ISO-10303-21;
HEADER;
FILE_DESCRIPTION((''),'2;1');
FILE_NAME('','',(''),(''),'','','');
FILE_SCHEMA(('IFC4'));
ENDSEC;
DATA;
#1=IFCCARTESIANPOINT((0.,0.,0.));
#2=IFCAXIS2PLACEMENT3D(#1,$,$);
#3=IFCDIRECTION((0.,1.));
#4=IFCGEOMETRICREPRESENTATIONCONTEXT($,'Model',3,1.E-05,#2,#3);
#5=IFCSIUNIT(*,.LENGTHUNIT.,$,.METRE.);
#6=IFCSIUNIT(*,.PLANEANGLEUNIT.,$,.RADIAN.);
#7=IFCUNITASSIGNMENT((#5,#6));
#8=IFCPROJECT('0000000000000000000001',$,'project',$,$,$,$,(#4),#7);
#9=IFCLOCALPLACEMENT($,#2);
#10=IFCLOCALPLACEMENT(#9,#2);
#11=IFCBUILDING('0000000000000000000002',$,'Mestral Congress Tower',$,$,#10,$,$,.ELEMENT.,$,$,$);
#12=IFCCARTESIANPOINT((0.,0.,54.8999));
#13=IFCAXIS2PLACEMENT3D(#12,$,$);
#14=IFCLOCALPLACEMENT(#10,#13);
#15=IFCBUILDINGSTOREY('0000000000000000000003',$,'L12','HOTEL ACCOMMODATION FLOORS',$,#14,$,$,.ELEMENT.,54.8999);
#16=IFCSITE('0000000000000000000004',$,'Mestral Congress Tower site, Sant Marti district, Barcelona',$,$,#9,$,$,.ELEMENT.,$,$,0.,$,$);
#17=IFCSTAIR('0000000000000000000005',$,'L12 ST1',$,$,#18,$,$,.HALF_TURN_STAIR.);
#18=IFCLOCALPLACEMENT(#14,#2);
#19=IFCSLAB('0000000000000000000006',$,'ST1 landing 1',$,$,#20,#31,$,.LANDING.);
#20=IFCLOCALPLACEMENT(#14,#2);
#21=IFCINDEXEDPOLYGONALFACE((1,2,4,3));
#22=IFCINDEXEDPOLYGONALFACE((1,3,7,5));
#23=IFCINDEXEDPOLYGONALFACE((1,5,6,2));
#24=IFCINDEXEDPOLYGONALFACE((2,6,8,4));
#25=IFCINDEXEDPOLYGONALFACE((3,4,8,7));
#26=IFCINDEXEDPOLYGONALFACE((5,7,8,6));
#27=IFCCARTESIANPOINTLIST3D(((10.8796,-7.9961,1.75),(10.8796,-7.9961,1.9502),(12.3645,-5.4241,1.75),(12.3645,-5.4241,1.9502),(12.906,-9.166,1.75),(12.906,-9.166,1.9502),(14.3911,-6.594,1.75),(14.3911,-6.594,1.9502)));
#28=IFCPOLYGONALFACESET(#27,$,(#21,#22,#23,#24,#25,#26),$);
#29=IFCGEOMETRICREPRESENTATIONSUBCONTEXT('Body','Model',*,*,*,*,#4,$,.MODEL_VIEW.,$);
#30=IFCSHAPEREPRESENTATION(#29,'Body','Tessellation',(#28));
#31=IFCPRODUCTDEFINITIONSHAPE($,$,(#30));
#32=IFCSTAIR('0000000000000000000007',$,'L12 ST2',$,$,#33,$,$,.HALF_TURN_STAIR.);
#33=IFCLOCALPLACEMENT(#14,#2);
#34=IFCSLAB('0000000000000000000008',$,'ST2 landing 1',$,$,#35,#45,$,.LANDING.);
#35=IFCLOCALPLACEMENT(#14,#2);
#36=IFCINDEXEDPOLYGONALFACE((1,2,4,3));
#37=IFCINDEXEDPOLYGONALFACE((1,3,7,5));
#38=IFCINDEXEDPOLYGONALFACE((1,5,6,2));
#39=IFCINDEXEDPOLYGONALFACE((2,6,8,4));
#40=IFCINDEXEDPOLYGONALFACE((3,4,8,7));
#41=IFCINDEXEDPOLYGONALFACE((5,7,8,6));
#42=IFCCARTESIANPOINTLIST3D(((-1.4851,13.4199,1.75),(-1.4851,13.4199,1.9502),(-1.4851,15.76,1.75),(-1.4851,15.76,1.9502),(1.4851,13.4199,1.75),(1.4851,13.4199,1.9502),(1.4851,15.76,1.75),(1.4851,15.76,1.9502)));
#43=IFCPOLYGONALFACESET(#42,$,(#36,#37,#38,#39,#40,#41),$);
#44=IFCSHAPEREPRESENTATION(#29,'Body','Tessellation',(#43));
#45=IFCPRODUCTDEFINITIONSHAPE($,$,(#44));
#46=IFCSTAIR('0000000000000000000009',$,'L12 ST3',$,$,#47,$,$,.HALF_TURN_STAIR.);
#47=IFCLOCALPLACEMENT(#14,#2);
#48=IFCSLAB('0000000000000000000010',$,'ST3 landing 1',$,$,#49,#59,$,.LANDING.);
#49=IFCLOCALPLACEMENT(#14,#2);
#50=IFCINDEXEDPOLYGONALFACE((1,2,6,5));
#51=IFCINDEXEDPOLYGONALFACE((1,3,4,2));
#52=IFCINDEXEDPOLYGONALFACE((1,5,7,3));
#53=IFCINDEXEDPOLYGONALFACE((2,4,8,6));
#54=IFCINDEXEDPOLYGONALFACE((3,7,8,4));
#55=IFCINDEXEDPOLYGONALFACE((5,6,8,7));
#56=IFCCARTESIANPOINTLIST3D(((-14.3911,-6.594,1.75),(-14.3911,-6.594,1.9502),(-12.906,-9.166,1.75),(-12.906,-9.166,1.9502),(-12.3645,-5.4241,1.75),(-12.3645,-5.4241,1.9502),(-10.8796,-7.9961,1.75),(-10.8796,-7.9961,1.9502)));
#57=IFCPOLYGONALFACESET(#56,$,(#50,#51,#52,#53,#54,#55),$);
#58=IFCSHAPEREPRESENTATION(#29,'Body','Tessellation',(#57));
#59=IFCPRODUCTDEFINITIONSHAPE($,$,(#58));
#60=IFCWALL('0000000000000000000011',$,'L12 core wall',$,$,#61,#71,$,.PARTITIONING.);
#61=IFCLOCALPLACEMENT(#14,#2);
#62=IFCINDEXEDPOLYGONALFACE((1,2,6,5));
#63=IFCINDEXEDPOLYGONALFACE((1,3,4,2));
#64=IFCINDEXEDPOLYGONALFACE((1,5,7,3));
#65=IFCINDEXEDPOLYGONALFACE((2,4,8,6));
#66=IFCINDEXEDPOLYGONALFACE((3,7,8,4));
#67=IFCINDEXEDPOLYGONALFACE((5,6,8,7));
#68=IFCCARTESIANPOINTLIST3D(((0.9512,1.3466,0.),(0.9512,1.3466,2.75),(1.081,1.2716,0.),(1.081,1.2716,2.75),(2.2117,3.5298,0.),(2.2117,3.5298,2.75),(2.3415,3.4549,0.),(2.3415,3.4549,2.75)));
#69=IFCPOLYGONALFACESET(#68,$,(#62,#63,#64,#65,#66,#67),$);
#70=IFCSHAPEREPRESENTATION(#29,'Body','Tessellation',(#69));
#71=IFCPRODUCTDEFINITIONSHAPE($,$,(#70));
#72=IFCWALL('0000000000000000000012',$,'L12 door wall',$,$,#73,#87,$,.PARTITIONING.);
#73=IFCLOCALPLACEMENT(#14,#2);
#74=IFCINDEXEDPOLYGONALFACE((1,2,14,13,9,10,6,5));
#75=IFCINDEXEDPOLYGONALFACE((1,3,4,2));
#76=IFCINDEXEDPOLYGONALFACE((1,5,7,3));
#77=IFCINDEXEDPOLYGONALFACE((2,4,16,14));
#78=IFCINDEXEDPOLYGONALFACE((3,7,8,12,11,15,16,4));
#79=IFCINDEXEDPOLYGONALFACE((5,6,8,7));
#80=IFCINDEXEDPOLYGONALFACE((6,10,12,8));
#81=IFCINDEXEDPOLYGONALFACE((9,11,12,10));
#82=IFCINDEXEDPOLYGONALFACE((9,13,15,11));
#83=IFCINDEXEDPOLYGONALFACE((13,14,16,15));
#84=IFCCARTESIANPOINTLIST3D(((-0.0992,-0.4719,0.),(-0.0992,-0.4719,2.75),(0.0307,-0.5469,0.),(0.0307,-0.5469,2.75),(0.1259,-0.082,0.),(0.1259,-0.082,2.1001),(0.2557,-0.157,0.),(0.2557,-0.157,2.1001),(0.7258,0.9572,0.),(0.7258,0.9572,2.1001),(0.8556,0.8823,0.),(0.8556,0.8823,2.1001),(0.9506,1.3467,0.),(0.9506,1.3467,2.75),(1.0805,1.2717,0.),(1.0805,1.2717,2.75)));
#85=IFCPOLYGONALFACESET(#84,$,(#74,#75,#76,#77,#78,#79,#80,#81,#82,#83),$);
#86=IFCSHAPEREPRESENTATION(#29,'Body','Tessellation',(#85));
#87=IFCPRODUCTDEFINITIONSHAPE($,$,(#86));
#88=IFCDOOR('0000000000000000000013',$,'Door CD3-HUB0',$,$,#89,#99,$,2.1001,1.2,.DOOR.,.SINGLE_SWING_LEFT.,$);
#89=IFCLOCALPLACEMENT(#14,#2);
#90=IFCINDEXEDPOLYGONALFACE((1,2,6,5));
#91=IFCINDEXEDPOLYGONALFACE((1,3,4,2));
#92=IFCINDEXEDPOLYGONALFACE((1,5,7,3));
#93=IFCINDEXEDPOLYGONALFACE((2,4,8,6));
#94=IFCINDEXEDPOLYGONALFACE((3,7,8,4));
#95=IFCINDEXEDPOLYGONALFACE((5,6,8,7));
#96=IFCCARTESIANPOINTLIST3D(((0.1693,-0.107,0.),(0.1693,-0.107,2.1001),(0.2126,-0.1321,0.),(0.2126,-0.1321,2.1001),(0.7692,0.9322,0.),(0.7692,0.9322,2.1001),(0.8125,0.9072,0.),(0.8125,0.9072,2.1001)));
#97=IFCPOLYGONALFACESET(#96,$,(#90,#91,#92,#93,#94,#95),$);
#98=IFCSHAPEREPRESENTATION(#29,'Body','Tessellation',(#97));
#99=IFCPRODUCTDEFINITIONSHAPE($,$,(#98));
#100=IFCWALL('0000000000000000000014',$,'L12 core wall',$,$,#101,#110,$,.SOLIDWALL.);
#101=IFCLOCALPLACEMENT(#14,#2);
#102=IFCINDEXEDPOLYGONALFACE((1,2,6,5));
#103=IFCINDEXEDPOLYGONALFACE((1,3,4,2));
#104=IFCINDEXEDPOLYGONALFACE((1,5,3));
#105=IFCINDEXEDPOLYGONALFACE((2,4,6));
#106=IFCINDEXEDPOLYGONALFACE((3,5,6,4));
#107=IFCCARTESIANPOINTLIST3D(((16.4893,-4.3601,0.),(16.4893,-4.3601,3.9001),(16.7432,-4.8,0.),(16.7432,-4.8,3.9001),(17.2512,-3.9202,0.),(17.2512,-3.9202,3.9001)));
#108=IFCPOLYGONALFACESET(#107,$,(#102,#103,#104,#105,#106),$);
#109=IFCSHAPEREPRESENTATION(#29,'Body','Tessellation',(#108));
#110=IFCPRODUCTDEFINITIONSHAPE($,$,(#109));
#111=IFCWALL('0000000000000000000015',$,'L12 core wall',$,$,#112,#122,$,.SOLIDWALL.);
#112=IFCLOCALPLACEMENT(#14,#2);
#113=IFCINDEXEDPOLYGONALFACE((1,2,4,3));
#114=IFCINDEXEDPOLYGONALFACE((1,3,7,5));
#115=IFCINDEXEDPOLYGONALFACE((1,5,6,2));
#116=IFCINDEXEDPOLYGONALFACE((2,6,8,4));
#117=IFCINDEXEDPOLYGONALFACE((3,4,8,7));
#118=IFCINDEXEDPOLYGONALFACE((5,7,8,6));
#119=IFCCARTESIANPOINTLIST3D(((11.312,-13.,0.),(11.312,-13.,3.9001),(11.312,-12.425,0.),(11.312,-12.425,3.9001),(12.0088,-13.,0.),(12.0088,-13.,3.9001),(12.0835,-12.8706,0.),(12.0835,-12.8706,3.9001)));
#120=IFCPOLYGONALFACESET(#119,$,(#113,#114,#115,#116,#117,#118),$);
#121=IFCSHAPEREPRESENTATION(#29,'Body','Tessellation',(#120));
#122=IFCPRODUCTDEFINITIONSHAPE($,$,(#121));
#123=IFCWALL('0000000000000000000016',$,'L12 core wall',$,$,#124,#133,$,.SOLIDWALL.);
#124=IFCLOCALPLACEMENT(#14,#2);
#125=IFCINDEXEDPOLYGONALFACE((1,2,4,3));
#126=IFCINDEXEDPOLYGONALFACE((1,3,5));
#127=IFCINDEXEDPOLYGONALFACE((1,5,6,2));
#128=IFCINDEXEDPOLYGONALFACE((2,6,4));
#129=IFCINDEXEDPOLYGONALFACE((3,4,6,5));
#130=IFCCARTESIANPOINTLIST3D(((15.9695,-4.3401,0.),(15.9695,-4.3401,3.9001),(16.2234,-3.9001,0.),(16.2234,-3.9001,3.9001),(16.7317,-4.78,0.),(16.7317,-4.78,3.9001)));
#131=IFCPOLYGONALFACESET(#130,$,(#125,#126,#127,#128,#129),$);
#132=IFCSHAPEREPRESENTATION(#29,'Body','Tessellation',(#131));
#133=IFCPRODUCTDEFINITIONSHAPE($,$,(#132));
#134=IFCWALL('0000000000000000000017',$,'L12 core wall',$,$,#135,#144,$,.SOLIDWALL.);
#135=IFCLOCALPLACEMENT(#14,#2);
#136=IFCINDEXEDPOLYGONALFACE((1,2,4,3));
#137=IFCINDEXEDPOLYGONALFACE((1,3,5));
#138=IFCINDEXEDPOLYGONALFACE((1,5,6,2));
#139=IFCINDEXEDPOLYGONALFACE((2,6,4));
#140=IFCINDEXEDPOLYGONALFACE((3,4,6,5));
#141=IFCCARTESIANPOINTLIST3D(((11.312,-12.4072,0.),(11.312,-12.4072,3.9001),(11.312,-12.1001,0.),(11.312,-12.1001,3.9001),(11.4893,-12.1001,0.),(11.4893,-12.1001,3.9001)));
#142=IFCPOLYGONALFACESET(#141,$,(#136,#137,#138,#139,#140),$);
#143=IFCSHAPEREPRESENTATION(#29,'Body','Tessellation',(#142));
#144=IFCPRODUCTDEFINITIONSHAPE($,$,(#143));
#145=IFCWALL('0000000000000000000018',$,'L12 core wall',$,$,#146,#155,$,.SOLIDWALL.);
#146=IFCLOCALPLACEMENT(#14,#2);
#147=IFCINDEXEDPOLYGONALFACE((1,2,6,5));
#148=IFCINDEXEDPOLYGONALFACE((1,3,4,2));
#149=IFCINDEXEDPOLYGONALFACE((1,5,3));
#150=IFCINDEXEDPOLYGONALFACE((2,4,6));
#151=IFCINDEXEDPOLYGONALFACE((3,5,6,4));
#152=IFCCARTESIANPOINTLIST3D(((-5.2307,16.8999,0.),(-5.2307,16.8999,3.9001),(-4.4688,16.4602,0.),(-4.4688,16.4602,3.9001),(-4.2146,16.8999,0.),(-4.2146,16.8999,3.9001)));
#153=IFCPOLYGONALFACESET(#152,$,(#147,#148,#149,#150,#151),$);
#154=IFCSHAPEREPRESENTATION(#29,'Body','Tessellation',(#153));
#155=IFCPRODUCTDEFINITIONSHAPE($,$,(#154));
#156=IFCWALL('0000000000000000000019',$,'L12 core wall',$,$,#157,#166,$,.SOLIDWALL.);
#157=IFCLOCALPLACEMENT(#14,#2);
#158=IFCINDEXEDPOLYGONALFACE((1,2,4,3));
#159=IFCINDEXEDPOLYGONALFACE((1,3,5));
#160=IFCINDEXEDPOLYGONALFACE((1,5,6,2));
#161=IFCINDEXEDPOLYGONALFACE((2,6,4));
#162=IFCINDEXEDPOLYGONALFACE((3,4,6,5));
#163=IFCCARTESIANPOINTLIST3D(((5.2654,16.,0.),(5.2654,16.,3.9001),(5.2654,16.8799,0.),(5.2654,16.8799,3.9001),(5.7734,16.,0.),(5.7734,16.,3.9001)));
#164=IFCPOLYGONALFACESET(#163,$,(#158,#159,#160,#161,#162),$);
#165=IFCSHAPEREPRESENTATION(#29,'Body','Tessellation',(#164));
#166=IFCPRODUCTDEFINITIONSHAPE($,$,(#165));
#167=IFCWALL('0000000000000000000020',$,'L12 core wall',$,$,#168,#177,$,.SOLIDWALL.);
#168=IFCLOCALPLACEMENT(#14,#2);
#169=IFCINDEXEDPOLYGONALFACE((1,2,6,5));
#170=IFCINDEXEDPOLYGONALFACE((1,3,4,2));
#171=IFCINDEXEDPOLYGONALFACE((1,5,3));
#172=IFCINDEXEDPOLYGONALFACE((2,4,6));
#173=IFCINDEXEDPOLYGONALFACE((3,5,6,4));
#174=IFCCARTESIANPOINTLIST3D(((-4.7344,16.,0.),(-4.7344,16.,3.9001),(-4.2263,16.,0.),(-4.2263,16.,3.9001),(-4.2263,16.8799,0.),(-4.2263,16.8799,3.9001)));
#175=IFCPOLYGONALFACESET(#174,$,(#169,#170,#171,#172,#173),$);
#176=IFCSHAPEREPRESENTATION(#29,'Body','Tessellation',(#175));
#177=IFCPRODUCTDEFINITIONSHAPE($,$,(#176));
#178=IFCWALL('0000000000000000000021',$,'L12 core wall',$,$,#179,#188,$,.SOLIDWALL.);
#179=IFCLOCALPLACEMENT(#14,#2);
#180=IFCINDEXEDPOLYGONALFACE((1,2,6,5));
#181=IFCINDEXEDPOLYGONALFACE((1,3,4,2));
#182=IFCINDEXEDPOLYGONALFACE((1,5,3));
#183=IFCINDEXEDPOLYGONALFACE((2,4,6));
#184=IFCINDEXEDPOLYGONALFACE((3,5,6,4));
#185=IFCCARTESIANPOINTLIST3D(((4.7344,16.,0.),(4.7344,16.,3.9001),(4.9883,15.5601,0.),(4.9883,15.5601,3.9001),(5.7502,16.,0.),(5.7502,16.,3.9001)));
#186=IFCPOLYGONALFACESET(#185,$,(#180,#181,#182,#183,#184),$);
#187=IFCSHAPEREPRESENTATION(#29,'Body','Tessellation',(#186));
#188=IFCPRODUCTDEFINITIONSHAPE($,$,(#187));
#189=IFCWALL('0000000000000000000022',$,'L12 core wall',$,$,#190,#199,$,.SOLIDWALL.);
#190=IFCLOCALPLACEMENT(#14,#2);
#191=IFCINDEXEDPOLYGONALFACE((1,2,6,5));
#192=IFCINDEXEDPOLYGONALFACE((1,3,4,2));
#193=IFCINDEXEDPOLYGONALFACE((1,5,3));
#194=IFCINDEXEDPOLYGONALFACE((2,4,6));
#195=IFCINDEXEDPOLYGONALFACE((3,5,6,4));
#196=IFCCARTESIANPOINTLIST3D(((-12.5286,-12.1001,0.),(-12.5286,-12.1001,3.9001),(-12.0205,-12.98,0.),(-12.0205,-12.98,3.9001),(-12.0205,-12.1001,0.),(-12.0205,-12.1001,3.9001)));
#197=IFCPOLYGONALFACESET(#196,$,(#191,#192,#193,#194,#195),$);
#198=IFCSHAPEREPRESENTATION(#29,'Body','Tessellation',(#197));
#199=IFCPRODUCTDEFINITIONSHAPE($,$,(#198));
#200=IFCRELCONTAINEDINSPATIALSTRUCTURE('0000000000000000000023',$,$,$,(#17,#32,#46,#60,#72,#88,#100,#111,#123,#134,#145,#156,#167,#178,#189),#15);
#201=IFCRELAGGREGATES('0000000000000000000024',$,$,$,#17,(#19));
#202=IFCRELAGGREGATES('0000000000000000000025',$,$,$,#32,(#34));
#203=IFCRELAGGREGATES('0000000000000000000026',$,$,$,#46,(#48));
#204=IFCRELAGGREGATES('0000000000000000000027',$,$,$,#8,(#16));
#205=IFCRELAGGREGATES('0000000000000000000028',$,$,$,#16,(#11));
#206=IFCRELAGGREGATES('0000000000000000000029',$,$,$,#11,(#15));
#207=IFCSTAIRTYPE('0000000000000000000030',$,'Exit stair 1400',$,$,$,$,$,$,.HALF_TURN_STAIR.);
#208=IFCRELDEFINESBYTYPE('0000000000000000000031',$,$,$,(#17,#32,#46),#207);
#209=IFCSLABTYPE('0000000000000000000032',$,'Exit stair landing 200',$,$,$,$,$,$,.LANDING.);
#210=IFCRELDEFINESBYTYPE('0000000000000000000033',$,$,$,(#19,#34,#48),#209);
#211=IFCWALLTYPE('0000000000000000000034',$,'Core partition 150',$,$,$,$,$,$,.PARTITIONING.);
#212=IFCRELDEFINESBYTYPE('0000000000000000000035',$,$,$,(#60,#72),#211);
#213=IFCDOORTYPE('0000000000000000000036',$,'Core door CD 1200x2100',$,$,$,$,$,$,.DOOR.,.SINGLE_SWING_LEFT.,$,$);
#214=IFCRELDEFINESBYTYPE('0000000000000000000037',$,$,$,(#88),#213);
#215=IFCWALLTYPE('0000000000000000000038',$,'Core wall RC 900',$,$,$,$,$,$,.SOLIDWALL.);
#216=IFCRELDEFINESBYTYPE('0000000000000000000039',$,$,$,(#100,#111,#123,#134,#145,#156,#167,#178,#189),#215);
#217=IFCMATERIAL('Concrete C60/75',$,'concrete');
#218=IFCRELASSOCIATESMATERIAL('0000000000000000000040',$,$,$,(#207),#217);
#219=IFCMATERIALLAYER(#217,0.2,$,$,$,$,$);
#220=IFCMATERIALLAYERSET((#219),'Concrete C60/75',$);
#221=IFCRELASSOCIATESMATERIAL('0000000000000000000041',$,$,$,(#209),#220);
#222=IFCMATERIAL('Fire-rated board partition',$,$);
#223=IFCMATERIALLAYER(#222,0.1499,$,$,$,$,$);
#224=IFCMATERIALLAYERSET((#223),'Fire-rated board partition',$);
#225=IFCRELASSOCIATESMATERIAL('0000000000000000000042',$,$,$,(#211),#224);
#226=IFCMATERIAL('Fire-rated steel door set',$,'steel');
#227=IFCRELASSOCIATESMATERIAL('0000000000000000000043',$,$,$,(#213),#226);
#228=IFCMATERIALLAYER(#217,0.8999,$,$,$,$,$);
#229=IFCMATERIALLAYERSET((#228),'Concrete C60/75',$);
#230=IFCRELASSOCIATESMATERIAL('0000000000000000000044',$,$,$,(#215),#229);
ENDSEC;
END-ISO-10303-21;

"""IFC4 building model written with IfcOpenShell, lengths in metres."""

from ifc_helpers import new_model, si_unit, direction, frame, frame_2d, origin, place, context, subcontext, project, spatial, polyline, rectangle, outline, extrude, material, layer, layer_set, type_object, element, fill, aggregate, save


model = new_model("IFC4")

# Units and contexts
model_context = context("Model", 3, precision=1e-05, world=origin(), true_north=direction((0.0, 1.0)))
body_context = subcontext(model_context, "Body", "Model", "MODEL_VIEW")
ifc_project = project(units=[si_unit("LENGTHUNIT", "METRE"), si_unit("PLANEANGLEUNIT", "RADIAN")], contexts=[model_context])

# Site, building, storey
site_placement = place(None, origin())
site = spatial("IfcSite", under=ifc_project, at=site_placement, Name="Mestral Congress Tower site, Sant Marti district, Barcelona", CompositionType="ELEMENT", RefElevation=0.0)
building_placement = place(site_placement, origin())
building = spatial("IfcBuilding", under=site, at=building_placement, Name="Mestral Congress Tower", CompositionType="ELEMENT")
storey_placement = place(building_placement, frame((0.0, 0.0, 54.8999)))
storey = spatial("IfcBuildingStorey", under=building, at=storey_placement, Name="L12", Description="HOTEL ACCOMMODATION FLOORS", CompositionType="ELEMENT", Elevation=54.8999)

# Shared definitions
ifc_material_1 = material(Name="Concrete C60/75", Category="concrete")

# Stairs, slabs
stair_type = type_object("IfcStairType", Name="Exit stair 1400", PredefinedType="HALF_TURN_STAIR", material=ifc_material_1)
placement_1 = place(storey_placement, origin())
stair_1 = element("IfcStair", 1, at=placement_1, inside=storey, type_object=stair_type, Name="L12 ST1", PredefinedType="HALF_TURN_STAIR")
ifc_layer_1 = layer(ifc_material_1, 0.2)
ifc_layer_set_1 = layer_set([ifc_layer_1], Name="Concrete C60/75")
slab_type_1 = type_object("IfcSlabType", Name="Exit stair landing 200", PredefinedType="LANDING", material=ifc_layer_set_1)
placement_2 = place(storey_placement, frame((0.0, 0.0, 1.75)))
slab_1 = element("IfcSlab", 2, at=placement_2, type_object=slab_type_1, Name="ST1 landing 1", PredefinedType="LANDING", context=body_context, shape_type="SweptSolid", body=[
    extrude(outline(polyline([(10.8796, -7.9961), (12.3645, -5.4241), (14.3911, -6.594), (12.906, -9.166), (10.8796, -7.9961)])), origin(), (0.0, 0.0, 1.0), 0.2002),
])
aggregate(stair_1, [slab_1])
stair_2 = element("IfcStair", 3, at=placement_1, inside=storey, type_object=stair_type, Name="L12 ST2", PredefinedType="HALF_TURN_STAIR")
slab_2 = element("IfcSlab", 4, at=placement_2, type_object=slab_type_1, Name="ST2 landing 1", PredefinedType="LANDING", context=body_context, shape_type="SweptSolid", body=[
    extrude(outline(polyline([(1.4851, 13.4199), (-1.4851, 13.4199), (-1.4851, 15.76), (1.4851, 15.76), (1.4851, 13.4199)])), origin(), (0.0, 0.0, 1.0), 0.2002),
])
aggregate(stair_2, [slab_2])
stair_3 = element("IfcStair", 5, at=placement_1, inside=storey, type_object=stair_type, Name="L12 ST3", PredefinedType="HALF_TURN_STAIR")
slab_3 = element("IfcSlab", 6, at=placement_2, type_object=slab_type_1, Name="ST3 landing 1", PredefinedType="LANDING", context=body_context, shape_type="SweptSolid", body=[
    extrude(outline(polyline([(-12.3645, -5.4241), (-10.8796, -7.9961), (-12.906, -9.166), (-14.3911, -6.594), (-12.3645, -5.4241)])), origin(), (0.0, 0.0, 1.0), 0.2002),
])
aggregate(stair_3, [slab_3])

# Wall
ifc_material_2 = material(Name="Fire-rated board partition")
ifc_layer_2 = layer(ifc_material_2, 0.1499)
ifc_layer_set_2 = layer_set([ifc_layer_2], Name="Fire-rated board partition")
wall_type_1 = type_object("IfcWallType", Name="Core partition 150", PredefinedType="PARTITIONING", material=ifc_layer_set_2)
wall_1_placement = place(storey_placement, frame((1.0161, 1.3091, 0.0), z_axis=(0.0, 0.0, 1.0), x_axis=(0.499982, 0.866036, 0.0)))
element("IfcWall", 7, at=wall_1_placement, inside=storey, type_object=wall_type_1, Name="L12 core wall", PredefinedType="PARTITIONING", context=body_context, shape_type="SweptSolid", body=[
    extrude(rectangle(XDim=2.521, YDim=0.1499, at=frame_2d((1.2605, 0.0))), origin(), (0.0, 0.0, 1.0), 2.75),
])

# Wall, opening, door
wall_2_placement = place(storey_placement, frame((-0.0342, -0.5093, 0.0), z_axis=(0.0, 0.0, 1.0), x_axis=(0.499941, 0.86606, 0.0)))
wall_2 = element("IfcWall", 8, at=wall_2_placement, inside=storey, type_object=wall_type_1, Name="L12 door wall", PredefinedType="PARTITIONING", context=body_context, shape_type="SweptSolid", body=[
    extrude(rectangle(XDim=2.0999, YDim=0.1499, at=frame_2d((1.0498, 0.0))), origin(), (0.0, 0.0, 1.0), 2.75),
])
opening_placement = place(wall_2_placement, frame((0.45, 0.0, 0.0)))
opening = element("IfcOpeningElement", 9, at=opening_placement, cuts=wall_2, PredefinedType="OPENING", context=body_context, shape_type="SweptSolid", body=[
    extrude(rectangle(XDim=1.2, YDim=2.1001, at=frame_2d((0.6001, 1.05))), frame((0.0, 0.085, 0.0), z_axis=(0.0, -1.0, 0.0), x_axis=(1.0, 0.0, 0.0)), (0.0, 0.0, 1.0), 0.1699),
])
ifc_material_3 = material(Name="Fire-rated steel door set", Category="steel")
door_type = type_object("IfcDoorType", Name="Core door CD 1200x2100", OperationType="SINGLE_SWING_LEFT", PredefinedType="DOOR", material=ifc_material_3)
door_placement = place(opening_placement, origin())
door = element("IfcDoor", 10, at=door_placement, inside=storey, type_object=door_type, Name="Door CD3-HUB0", OperationType="SINGLE_SWING_LEFT", OverallHeight=2.1001, OverallWidth=1.2, PredefinedType="DOOR", context=body_context, shape_type="SweptSolid", body=[
    extrude(rectangle(XDim=1.2, YDim=2.1001, at=frame_2d((0.6001, 1.05))), frame((0.0, 0.0249, 0.0), z_axis=(0.0, -1.0, 0.0), x_axis=(1.0, 0.0, 0.0)), (0.0, 0.0, 1.0), 0.05),
])
fill(opening, door)

# Walls
ifc_layer_3 = layer(ifc_material_1, 0.8999)
ifc_layer_set_3 = layer_set([ifc_layer_3], Name="Concrete C60/75")
wall_type_2 = type_object("IfcWallType", Name="Core wall RC 900", PredefinedType="SOLIDWALL", material=ifc_layer_set_3)
element("IfcWall", 11, at=placement_1, inside=storey, type_object=wall_type_2, Name="L12 core wall", PredefinedType="SOLIDWALL", context=body_context, shape_type="SweptSolid", body=[
    extrude(outline(polyline([(16.7432, -4.8), (16.4893, -4.3601), (17.2512, -3.9202), (16.7432, -4.8)])), origin(), (0.0, 0.0, 1.0), 3.9001),
])
element("IfcWall", 12, at=placement_1, inside=storey, type_object=wall_type_2, Name="L12 core wall", PredefinedType="SOLIDWALL", context=body_context, shape_type="SweptSolid", body=[
    extrude(outline(polyline([(12.0088, -13.0), (11.312, -13.0), (11.312, -12.425), (12.0835, -12.8706), (12.0088, -13.0)])), origin(), (0.0, 0.0, 1.0), 3.9001),
])
element("IfcWall", 13, at=placement_1, inside=storey, type_object=wall_type_2, Name="L12 core wall", PredefinedType="SOLIDWALL", context=body_context, shape_type="SweptSolid", body=[
    extrude(outline(polyline([(16.2234, -3.9001), (16.7317, -4.78), (15.9695, -4.3401), (16.2234, -3.9001)])), origin(), (0.0, 0.0, 1.0), 3.9001),
])
element("IfcWall", 14, at=placement_1, inside=storey, type_object=wall_type_2, Name="L12 core wall", PredefinedType="SOLIDWALL", context=body_context, shape_type="SweptSolid", body=[
    extrude(outline(polyline([(11.4893, -12.1001), (11.312, -12.4072), (11.312, -12.1001), (11.4893, -12.1001)])), origin(), (0.0, 0.0, 1.0), 3.9001),
])
element("IfcWall", 15, at=placement_1, inside=storey, type_object=wall_type_2, Name="L12 core wall", PredefinedType="SOLIDWALL", context=body_context, shape_type="SweptSolid", body=[
    extrude(outline(polyline([(-4.2146, 16.8999), (-4.4688, 16.4602), (-5.2307, 16.8999), (-4.2146, 16.8999)])), origin(), (0.0, 0.0, 1.0), 3.9001),
])
element("IfcWall", 16, at=placement_1, inside=storey, type_object=wall_type_2, Name="L12 core wall", PredefinedType="SOLIDWALL", context=body_context, shape_type="SweptSolid", body=[
    extrude(outline(polyline([(5.2654, 16.0), (5.2654, 16.8799), (5.7734, 16.0), (5.2654, 16.0)])), origin(), (0.0, 0.0, 1.0), 3.9001),
])
element("IfcWall", 17, at=placement_1, inside=storey, type_object=wall_type_2, Name="L12 core wall", PredefinedType="SOLIDWALL", context=body_context, shape_type="SweptSolid", body=[
    extrude(outline(polyline([(-4.7344, 16.0), (-4.2263, 16.8799), (-4.2263, 16.0), (-4.7344, 16.0)])), origin(), (0.0, 0.0, 1.0), 3.9001),
])
element("IfcWall", 18, at=placement_1, inside=storey, type_object=wall_type_2, Name="L12 core wall", PredefinedType="SOLIDWALL", context=body_context, shape_type="SweptSolid", body=[
    extrude(outline(polyline([(4.7344, 16.0), (5.7502, 16.0), (4.9883, 15.5601), (4.7344, 16.0)])), origin(), (0.0, 0.0, 1.0), 3.9001),
])
element("IfcWall", 19, at=placement_1, inside=storey, type_object=wall_type_2, Name="L12 core wall", PredefinedType="SOLIDWALL", context=body_context, shape_type="SweptSolid", body=[
    extrude(outline(polyline([(-12.5286, -12.1001), (-12.0205, -12.1001), (-12.0205, -12.98), (-12.5286, -12.1001)])), origin(), (0.0, 0.0, 1.0), 3.9001),
])

save(model, "model.ifc")
